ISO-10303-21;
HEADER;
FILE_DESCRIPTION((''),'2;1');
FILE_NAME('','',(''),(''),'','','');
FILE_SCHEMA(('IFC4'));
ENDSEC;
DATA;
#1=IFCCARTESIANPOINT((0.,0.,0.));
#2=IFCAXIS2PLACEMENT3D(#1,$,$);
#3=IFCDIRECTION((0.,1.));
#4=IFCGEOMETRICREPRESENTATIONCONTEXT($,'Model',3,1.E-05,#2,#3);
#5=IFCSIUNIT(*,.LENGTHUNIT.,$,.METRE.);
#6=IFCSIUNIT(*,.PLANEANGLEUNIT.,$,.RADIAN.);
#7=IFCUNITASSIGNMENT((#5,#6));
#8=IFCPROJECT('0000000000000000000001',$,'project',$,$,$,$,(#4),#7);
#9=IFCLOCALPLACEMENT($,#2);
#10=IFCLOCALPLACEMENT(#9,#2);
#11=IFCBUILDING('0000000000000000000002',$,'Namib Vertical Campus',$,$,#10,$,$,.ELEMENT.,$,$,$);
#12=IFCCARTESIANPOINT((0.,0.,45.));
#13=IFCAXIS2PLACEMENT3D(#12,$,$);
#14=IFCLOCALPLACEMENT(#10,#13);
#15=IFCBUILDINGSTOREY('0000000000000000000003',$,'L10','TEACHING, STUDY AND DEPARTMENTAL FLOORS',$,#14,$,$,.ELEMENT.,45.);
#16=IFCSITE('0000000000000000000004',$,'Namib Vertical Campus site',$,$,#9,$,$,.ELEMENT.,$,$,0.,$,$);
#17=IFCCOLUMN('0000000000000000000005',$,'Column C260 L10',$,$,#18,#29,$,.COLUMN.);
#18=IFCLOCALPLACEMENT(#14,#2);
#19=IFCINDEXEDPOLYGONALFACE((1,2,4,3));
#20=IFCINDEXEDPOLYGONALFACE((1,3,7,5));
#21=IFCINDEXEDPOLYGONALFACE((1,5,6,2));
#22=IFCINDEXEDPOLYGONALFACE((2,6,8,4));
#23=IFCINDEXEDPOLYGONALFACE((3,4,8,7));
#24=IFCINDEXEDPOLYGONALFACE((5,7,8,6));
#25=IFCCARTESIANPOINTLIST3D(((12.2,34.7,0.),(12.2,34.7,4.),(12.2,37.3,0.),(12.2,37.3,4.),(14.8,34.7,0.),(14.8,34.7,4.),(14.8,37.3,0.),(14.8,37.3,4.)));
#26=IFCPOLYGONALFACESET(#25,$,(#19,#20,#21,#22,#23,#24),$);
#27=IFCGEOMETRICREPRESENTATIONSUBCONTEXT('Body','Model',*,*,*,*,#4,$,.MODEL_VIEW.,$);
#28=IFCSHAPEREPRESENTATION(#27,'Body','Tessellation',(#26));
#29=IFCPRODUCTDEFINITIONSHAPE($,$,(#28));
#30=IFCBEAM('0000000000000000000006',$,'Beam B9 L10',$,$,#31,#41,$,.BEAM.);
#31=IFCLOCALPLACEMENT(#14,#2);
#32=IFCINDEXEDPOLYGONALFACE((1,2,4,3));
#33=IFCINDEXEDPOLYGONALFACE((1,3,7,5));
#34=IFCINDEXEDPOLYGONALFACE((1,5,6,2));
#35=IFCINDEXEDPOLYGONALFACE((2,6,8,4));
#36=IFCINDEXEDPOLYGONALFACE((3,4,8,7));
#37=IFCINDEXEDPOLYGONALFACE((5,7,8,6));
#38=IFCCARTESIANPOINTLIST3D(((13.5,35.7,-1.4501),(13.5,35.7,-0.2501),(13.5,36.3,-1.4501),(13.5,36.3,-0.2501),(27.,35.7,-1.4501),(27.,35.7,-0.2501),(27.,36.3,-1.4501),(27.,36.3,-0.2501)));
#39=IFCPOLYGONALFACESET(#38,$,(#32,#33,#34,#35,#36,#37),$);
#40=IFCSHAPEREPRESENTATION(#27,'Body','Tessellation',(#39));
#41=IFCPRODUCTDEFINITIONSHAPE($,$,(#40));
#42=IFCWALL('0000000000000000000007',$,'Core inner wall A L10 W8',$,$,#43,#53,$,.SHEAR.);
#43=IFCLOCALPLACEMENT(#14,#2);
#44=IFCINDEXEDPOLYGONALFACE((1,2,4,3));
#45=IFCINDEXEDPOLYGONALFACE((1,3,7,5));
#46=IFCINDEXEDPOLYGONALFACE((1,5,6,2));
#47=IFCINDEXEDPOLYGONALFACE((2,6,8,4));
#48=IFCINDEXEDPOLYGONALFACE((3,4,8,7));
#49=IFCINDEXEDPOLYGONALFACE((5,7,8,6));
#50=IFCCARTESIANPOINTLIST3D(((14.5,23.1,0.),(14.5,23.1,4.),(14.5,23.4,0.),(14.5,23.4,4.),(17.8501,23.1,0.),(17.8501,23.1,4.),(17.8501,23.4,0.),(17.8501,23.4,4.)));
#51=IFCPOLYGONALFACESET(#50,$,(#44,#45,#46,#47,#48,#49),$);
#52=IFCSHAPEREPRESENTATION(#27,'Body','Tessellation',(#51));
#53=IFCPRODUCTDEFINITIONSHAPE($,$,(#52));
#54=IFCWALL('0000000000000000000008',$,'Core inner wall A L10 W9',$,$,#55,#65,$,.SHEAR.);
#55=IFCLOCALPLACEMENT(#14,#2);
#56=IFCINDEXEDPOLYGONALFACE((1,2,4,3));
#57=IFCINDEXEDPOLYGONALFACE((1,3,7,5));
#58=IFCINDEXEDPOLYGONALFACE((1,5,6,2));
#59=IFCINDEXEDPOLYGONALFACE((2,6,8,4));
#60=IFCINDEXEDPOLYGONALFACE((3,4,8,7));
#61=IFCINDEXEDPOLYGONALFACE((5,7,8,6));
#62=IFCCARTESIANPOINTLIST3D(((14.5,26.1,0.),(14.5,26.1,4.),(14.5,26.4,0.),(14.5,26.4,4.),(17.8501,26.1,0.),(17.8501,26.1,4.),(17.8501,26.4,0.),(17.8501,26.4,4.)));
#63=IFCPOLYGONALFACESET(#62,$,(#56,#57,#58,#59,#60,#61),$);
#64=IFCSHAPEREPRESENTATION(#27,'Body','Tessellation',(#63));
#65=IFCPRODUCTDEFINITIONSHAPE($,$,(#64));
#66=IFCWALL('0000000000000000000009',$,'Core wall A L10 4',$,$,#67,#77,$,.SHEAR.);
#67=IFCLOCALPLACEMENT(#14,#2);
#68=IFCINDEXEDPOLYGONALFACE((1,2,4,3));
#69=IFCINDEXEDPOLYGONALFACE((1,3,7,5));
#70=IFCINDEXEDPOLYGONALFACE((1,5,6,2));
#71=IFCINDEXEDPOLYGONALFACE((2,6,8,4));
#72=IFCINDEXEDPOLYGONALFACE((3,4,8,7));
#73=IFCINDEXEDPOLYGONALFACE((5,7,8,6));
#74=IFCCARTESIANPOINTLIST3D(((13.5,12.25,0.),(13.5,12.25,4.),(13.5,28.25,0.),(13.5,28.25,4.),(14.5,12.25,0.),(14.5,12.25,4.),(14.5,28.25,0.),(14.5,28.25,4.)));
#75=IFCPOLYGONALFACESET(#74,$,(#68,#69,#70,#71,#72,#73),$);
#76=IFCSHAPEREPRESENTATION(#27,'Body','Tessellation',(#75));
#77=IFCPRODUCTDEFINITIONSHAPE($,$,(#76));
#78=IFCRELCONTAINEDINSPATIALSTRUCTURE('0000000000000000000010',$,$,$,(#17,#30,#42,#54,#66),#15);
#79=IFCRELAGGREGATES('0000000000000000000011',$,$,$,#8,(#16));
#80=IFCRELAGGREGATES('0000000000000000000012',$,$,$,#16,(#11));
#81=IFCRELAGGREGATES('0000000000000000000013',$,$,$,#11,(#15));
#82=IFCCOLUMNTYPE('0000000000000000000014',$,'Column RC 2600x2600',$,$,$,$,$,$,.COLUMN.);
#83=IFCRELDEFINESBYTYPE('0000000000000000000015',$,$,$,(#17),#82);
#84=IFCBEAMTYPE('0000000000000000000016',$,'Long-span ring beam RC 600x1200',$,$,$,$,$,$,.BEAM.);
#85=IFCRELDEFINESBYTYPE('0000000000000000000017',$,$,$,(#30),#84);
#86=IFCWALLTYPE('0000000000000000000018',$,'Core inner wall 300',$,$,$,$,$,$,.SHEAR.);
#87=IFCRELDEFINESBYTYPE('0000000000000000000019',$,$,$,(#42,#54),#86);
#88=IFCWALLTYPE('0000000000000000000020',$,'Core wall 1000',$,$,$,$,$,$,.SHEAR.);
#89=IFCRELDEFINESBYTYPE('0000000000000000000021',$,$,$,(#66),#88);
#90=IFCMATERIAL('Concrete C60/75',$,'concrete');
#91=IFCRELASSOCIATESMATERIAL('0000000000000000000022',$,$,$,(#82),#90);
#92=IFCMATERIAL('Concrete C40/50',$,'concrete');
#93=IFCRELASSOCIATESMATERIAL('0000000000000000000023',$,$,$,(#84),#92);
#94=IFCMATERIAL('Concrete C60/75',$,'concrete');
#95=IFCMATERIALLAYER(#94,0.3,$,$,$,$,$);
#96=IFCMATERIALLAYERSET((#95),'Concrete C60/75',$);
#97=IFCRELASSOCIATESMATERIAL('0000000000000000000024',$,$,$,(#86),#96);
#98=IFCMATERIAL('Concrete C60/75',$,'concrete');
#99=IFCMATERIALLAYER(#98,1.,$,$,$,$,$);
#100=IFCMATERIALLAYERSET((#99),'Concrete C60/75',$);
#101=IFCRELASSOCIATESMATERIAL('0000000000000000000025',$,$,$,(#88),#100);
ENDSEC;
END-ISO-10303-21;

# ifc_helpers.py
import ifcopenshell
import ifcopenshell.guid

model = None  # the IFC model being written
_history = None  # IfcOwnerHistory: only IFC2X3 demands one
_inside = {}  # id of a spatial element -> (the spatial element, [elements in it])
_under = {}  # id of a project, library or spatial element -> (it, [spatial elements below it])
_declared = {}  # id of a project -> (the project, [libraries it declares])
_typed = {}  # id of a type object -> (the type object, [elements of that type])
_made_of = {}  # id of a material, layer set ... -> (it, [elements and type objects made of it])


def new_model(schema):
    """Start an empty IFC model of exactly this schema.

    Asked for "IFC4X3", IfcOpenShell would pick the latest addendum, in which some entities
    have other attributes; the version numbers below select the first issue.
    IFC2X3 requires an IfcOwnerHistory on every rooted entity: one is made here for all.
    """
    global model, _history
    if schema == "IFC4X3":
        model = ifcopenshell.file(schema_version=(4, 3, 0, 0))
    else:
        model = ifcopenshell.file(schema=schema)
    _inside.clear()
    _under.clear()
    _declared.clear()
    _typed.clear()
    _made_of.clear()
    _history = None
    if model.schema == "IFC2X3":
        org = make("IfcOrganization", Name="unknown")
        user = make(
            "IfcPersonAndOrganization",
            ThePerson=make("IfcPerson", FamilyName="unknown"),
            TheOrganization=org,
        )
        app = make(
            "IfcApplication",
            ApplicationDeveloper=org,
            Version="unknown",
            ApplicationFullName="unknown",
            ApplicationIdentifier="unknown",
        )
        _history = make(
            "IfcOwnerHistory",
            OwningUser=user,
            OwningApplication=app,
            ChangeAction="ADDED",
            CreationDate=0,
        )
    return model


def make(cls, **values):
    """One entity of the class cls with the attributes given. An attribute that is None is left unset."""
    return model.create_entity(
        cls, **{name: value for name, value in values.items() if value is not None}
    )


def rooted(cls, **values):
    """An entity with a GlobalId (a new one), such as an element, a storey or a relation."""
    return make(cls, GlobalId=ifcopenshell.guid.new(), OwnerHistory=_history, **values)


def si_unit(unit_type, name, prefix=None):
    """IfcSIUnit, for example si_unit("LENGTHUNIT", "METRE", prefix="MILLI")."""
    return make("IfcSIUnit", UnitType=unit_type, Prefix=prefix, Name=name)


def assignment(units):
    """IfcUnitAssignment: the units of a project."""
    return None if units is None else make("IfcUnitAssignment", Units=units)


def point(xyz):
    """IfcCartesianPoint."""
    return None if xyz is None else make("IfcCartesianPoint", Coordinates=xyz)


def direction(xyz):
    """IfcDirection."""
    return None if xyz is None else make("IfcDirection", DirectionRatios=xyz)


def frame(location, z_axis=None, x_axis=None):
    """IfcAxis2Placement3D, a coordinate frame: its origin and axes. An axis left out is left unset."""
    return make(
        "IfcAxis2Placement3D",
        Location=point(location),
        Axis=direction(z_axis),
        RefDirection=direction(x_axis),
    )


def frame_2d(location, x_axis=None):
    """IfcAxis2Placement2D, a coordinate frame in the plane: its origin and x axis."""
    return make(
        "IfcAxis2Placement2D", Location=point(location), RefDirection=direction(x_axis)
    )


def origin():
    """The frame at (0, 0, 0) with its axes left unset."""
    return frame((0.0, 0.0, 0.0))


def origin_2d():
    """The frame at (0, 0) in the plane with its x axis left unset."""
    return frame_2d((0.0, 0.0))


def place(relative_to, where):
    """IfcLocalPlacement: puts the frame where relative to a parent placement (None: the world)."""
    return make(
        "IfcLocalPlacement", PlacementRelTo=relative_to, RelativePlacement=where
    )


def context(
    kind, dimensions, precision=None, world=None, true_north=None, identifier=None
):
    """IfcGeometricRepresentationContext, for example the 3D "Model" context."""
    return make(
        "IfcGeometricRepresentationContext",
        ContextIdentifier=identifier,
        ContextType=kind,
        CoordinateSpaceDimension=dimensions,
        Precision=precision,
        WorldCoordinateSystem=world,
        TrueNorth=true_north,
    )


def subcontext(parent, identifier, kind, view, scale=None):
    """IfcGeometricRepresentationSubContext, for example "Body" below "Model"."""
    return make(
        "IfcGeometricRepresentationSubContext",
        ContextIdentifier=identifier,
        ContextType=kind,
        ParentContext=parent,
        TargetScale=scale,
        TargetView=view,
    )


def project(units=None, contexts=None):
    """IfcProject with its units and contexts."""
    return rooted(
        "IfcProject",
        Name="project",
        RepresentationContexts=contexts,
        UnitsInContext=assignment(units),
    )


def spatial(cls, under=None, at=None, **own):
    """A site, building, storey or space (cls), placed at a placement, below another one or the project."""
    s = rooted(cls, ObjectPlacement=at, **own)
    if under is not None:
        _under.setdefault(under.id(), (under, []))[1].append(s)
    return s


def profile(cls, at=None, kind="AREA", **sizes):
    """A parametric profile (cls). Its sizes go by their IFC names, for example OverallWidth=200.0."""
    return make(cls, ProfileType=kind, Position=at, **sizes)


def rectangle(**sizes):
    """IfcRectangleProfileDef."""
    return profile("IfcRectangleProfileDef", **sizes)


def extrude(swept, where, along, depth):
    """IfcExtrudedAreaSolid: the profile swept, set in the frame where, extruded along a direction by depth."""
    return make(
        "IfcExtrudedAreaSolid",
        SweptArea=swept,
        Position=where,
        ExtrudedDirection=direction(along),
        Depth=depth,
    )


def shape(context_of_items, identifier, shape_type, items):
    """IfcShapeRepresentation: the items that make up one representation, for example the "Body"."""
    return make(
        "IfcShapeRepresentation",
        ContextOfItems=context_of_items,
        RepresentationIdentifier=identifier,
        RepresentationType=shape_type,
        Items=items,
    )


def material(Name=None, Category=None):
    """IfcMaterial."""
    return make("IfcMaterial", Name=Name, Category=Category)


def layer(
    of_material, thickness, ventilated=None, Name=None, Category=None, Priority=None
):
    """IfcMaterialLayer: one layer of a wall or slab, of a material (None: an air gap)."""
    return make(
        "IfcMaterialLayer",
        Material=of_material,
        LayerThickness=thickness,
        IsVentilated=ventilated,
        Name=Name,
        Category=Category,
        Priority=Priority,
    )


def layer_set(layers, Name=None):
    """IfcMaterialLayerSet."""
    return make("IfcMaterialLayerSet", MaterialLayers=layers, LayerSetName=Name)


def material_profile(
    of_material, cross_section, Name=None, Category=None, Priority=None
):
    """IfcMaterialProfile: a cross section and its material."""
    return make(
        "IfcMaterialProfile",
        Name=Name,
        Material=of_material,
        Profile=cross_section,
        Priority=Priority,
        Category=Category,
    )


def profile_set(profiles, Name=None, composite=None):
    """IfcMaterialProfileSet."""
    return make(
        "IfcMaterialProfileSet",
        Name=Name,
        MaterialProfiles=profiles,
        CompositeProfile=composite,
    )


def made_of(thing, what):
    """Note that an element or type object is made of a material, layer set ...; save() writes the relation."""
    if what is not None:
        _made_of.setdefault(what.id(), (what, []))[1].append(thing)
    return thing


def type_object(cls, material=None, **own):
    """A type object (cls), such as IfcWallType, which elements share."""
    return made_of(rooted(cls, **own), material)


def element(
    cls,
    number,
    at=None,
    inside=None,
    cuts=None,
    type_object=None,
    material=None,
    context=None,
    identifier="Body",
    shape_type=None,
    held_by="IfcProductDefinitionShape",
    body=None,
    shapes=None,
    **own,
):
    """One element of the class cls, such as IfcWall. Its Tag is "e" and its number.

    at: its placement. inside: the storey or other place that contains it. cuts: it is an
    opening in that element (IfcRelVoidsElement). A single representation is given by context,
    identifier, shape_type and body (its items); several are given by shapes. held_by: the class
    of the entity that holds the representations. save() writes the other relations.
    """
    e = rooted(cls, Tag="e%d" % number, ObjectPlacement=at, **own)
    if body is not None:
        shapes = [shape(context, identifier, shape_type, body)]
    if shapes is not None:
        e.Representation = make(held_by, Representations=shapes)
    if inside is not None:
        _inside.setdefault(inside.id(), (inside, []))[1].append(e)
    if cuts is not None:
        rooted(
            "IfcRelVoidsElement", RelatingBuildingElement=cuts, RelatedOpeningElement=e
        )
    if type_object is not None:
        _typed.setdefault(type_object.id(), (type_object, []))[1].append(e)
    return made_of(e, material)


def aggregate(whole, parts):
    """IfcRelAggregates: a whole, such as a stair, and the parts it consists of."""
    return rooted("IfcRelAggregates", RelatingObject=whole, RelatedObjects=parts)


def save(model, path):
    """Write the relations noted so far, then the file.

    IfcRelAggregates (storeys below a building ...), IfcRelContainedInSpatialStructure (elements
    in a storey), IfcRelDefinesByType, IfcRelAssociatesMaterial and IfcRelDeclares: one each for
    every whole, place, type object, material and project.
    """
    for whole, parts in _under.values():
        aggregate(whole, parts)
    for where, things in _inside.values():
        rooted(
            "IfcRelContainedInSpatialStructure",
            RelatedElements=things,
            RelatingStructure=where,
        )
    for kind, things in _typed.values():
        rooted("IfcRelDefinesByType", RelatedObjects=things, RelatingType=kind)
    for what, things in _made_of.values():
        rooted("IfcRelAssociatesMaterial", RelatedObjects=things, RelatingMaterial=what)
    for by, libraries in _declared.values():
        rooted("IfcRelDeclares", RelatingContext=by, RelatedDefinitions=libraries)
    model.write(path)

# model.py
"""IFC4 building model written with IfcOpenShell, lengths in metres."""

from ifc_helpers import new_model, si_unit, direction, frame, frame_2d, origin, origin_2d, place, context, subcontext, project, spatial, rectangle, extrude, material, layer, layer_set, material_profile, profile_set, type_object, element, save


model = new_model("IFC4")

# Units and contexts
model_context = context("Model", 3, precision=1e-05, world=origin(), true_north=direction((0.0, 1.0)))
body_context = subcontext(model_context, "Body", "Model", "MODEL_VIEW")
ifc_project = project(units=[si_unit("LENGTHUNIT", "METRE"), si_unit("PLANEANGLEUNIT", "RADIAN")], contexts=[model_context])

# Site, building, storey
site_placement = place(None, origin())
site = spatial("IfcSite", under=ifc_project, at=site_placement, Name="Namib Vertical Campus site", CompositionType="ELEMENT", RefElevation=0.0)
building_placement = place(site_placement, origin())
building = spatial("IfcBuilding", under=site, at=building_placement, Name="Namib Vertical Campus", CompositionType="ELEMENT")
storey_placement = place(building_placement, frame((0.0, 0.0, 45.0)))
storey = spatial("IfcBuildingStorey", under=building, at=storey_placement, Name="L10", Description="TEACHING, STUDY AND DEPARTMENTAL FLOORS", CompositionType="ELEMENT", Elevation=45.0)

# Column
ifc_material_1 = material(Name="Concrete C60/75", Category="concrete")
ifc_material_profile_1 = material_profile(ifc_material_1, rectangle(XDim=2.6001, YDim=2.6001, at=origin_2d()))
ifc_profile_set_1 = profile_set([ifc_material_profile_1], Name="Concrete C60/75")
column_type = type_object("IfcColumnType", Name="Column RC 2600x2600", PredefinedType="COLUMN", material=ifc_profile_set_1)
column_placement = place(storey_placement, frame((13.5, 36.0, 0.0), z_axis=(0.0, 0.0, 1.0), x_axis=(1.0, 0.0, 0.0)))
element("IfcColumn", 1, at=column_placement, inside=storey, type_object=column_type, Name="Column C260 L10", PredefinedType="COLUMN", context=body_context, shape_type="SweptSolid", body=[
    extrude(rectangle(XDim=2.6001, YDim=2.6001, at=origin_2d()), origin(), (0.0, 0.0, 1.0), 4.0),
])

# Beam
ifc_material_2 = material(Name="Concrete C40/50", Category="concrete")
ifc_material_profile_2 = material_profile(ifc_material_2, rectangle(XDim=0.6001, YDim=1.2, at=origin_2d()))
ifc_profile_set_2 = profile_set([ifc_material_profile_2], Name="Concrete C40/50")
beam_type = type_object("IfcBeamType", Name="Long-span ring beam RC 600x1200", PredefinedType="BEAM", material=ifc_profile_set_2)
beam_placement = place(storey_placement, frame((13.5, 36.0, -0.8501), z_axis=(1.0, 0.0, 0.0), x_axis=(0.0, 1.0, 0.0)))
element("IfcBeam", 2, at=beam_placement, inside=storey, type_object=beam_type, Name="Beam B9 L10", PredefinedType="BEAM", context=body_context, shape_type="SweptSolid", body=[
    extrude(rectangle(XDim=0.6001, YDim=1.2, at=origin_2d()), origin(), (0.0, 0.0, 1.0), 13.5),
])

# Walls
ifc_material_3 = material(Name="Concrete C60/75", Category="concrete")
ifc_layer_1 = layer(ifc_material_3, 0.3)
ifc_layer_set_1 = layer_set([ifc_layer_1], Name="Concrete C60/75")
wall_type_1 = type_object("IfcWallType", Name="Core inner wall 300", PredefinedType="SHEAR", material=ifc_layer_set_1)
for number, where, z_axis, x_axis, name in (
    (3, (14.5, 23.25, 0.0), (0.0, 0.0, 1.0), (1.0, 0.0, 0.0), "Core inner wall A L10 W8"),
    (4, (14.5, 26.25, 0.0), (0.0, 0.0, 1.0), (1.0, 0.0, 0.0), "Core inner wall A L10 W9"),
):
    element("IfcWall", number, at=place(storey_placement, frame(where, z_axis=z_axis, x_axis=x_axis)), inside=storey, type_object=wall_type_1, Name=name, PredefinedType="SHEAR", context=body_context, shape_type="SweptSolid", body=[
        extrude(rectangle(XDim=3.3501, YDim=0.3, at=frame_2d((1.675, 0.0))), origin(), (0.0, 0.0, 1.0), 4.0),
    ])
ifc_material_4 = material(Name="Concrete C60/75", Category="concrete")
ifc_layer_2 = layer(ifc_material_4, 1.0)
ifc_layer_set_2 = layer_set([ifc_layer_2], Name="Concrete C60/75")
wall_type_2 = type_object("IfcWallType", Name="Core wall 1000", PredefinedType="SHEAR", material=ifc_layer_set_2)
wall_1_placement = place(storey_placement, frame((14.0, 28.25, 0.0), z_axis=(0.0, 0.0, 1.0), x_axis=(0.0, -1.0, 0.0)))
element("IfcWall", 5, at=wall_1_placement, inside=storey, type_object=wall_type_2, Name="Core wall A L10 4", PredefinedType="SHEAR", context=body_context, shape_type="SweptSolid", body=[
    extrude(rectangle(XDim=16.0, YDim=1.0, at=frame_2d((8.0, 0.0))), origin(), (0.0, 0.0, 1.0), 4.0),
])

save(model, "model.ifc")
